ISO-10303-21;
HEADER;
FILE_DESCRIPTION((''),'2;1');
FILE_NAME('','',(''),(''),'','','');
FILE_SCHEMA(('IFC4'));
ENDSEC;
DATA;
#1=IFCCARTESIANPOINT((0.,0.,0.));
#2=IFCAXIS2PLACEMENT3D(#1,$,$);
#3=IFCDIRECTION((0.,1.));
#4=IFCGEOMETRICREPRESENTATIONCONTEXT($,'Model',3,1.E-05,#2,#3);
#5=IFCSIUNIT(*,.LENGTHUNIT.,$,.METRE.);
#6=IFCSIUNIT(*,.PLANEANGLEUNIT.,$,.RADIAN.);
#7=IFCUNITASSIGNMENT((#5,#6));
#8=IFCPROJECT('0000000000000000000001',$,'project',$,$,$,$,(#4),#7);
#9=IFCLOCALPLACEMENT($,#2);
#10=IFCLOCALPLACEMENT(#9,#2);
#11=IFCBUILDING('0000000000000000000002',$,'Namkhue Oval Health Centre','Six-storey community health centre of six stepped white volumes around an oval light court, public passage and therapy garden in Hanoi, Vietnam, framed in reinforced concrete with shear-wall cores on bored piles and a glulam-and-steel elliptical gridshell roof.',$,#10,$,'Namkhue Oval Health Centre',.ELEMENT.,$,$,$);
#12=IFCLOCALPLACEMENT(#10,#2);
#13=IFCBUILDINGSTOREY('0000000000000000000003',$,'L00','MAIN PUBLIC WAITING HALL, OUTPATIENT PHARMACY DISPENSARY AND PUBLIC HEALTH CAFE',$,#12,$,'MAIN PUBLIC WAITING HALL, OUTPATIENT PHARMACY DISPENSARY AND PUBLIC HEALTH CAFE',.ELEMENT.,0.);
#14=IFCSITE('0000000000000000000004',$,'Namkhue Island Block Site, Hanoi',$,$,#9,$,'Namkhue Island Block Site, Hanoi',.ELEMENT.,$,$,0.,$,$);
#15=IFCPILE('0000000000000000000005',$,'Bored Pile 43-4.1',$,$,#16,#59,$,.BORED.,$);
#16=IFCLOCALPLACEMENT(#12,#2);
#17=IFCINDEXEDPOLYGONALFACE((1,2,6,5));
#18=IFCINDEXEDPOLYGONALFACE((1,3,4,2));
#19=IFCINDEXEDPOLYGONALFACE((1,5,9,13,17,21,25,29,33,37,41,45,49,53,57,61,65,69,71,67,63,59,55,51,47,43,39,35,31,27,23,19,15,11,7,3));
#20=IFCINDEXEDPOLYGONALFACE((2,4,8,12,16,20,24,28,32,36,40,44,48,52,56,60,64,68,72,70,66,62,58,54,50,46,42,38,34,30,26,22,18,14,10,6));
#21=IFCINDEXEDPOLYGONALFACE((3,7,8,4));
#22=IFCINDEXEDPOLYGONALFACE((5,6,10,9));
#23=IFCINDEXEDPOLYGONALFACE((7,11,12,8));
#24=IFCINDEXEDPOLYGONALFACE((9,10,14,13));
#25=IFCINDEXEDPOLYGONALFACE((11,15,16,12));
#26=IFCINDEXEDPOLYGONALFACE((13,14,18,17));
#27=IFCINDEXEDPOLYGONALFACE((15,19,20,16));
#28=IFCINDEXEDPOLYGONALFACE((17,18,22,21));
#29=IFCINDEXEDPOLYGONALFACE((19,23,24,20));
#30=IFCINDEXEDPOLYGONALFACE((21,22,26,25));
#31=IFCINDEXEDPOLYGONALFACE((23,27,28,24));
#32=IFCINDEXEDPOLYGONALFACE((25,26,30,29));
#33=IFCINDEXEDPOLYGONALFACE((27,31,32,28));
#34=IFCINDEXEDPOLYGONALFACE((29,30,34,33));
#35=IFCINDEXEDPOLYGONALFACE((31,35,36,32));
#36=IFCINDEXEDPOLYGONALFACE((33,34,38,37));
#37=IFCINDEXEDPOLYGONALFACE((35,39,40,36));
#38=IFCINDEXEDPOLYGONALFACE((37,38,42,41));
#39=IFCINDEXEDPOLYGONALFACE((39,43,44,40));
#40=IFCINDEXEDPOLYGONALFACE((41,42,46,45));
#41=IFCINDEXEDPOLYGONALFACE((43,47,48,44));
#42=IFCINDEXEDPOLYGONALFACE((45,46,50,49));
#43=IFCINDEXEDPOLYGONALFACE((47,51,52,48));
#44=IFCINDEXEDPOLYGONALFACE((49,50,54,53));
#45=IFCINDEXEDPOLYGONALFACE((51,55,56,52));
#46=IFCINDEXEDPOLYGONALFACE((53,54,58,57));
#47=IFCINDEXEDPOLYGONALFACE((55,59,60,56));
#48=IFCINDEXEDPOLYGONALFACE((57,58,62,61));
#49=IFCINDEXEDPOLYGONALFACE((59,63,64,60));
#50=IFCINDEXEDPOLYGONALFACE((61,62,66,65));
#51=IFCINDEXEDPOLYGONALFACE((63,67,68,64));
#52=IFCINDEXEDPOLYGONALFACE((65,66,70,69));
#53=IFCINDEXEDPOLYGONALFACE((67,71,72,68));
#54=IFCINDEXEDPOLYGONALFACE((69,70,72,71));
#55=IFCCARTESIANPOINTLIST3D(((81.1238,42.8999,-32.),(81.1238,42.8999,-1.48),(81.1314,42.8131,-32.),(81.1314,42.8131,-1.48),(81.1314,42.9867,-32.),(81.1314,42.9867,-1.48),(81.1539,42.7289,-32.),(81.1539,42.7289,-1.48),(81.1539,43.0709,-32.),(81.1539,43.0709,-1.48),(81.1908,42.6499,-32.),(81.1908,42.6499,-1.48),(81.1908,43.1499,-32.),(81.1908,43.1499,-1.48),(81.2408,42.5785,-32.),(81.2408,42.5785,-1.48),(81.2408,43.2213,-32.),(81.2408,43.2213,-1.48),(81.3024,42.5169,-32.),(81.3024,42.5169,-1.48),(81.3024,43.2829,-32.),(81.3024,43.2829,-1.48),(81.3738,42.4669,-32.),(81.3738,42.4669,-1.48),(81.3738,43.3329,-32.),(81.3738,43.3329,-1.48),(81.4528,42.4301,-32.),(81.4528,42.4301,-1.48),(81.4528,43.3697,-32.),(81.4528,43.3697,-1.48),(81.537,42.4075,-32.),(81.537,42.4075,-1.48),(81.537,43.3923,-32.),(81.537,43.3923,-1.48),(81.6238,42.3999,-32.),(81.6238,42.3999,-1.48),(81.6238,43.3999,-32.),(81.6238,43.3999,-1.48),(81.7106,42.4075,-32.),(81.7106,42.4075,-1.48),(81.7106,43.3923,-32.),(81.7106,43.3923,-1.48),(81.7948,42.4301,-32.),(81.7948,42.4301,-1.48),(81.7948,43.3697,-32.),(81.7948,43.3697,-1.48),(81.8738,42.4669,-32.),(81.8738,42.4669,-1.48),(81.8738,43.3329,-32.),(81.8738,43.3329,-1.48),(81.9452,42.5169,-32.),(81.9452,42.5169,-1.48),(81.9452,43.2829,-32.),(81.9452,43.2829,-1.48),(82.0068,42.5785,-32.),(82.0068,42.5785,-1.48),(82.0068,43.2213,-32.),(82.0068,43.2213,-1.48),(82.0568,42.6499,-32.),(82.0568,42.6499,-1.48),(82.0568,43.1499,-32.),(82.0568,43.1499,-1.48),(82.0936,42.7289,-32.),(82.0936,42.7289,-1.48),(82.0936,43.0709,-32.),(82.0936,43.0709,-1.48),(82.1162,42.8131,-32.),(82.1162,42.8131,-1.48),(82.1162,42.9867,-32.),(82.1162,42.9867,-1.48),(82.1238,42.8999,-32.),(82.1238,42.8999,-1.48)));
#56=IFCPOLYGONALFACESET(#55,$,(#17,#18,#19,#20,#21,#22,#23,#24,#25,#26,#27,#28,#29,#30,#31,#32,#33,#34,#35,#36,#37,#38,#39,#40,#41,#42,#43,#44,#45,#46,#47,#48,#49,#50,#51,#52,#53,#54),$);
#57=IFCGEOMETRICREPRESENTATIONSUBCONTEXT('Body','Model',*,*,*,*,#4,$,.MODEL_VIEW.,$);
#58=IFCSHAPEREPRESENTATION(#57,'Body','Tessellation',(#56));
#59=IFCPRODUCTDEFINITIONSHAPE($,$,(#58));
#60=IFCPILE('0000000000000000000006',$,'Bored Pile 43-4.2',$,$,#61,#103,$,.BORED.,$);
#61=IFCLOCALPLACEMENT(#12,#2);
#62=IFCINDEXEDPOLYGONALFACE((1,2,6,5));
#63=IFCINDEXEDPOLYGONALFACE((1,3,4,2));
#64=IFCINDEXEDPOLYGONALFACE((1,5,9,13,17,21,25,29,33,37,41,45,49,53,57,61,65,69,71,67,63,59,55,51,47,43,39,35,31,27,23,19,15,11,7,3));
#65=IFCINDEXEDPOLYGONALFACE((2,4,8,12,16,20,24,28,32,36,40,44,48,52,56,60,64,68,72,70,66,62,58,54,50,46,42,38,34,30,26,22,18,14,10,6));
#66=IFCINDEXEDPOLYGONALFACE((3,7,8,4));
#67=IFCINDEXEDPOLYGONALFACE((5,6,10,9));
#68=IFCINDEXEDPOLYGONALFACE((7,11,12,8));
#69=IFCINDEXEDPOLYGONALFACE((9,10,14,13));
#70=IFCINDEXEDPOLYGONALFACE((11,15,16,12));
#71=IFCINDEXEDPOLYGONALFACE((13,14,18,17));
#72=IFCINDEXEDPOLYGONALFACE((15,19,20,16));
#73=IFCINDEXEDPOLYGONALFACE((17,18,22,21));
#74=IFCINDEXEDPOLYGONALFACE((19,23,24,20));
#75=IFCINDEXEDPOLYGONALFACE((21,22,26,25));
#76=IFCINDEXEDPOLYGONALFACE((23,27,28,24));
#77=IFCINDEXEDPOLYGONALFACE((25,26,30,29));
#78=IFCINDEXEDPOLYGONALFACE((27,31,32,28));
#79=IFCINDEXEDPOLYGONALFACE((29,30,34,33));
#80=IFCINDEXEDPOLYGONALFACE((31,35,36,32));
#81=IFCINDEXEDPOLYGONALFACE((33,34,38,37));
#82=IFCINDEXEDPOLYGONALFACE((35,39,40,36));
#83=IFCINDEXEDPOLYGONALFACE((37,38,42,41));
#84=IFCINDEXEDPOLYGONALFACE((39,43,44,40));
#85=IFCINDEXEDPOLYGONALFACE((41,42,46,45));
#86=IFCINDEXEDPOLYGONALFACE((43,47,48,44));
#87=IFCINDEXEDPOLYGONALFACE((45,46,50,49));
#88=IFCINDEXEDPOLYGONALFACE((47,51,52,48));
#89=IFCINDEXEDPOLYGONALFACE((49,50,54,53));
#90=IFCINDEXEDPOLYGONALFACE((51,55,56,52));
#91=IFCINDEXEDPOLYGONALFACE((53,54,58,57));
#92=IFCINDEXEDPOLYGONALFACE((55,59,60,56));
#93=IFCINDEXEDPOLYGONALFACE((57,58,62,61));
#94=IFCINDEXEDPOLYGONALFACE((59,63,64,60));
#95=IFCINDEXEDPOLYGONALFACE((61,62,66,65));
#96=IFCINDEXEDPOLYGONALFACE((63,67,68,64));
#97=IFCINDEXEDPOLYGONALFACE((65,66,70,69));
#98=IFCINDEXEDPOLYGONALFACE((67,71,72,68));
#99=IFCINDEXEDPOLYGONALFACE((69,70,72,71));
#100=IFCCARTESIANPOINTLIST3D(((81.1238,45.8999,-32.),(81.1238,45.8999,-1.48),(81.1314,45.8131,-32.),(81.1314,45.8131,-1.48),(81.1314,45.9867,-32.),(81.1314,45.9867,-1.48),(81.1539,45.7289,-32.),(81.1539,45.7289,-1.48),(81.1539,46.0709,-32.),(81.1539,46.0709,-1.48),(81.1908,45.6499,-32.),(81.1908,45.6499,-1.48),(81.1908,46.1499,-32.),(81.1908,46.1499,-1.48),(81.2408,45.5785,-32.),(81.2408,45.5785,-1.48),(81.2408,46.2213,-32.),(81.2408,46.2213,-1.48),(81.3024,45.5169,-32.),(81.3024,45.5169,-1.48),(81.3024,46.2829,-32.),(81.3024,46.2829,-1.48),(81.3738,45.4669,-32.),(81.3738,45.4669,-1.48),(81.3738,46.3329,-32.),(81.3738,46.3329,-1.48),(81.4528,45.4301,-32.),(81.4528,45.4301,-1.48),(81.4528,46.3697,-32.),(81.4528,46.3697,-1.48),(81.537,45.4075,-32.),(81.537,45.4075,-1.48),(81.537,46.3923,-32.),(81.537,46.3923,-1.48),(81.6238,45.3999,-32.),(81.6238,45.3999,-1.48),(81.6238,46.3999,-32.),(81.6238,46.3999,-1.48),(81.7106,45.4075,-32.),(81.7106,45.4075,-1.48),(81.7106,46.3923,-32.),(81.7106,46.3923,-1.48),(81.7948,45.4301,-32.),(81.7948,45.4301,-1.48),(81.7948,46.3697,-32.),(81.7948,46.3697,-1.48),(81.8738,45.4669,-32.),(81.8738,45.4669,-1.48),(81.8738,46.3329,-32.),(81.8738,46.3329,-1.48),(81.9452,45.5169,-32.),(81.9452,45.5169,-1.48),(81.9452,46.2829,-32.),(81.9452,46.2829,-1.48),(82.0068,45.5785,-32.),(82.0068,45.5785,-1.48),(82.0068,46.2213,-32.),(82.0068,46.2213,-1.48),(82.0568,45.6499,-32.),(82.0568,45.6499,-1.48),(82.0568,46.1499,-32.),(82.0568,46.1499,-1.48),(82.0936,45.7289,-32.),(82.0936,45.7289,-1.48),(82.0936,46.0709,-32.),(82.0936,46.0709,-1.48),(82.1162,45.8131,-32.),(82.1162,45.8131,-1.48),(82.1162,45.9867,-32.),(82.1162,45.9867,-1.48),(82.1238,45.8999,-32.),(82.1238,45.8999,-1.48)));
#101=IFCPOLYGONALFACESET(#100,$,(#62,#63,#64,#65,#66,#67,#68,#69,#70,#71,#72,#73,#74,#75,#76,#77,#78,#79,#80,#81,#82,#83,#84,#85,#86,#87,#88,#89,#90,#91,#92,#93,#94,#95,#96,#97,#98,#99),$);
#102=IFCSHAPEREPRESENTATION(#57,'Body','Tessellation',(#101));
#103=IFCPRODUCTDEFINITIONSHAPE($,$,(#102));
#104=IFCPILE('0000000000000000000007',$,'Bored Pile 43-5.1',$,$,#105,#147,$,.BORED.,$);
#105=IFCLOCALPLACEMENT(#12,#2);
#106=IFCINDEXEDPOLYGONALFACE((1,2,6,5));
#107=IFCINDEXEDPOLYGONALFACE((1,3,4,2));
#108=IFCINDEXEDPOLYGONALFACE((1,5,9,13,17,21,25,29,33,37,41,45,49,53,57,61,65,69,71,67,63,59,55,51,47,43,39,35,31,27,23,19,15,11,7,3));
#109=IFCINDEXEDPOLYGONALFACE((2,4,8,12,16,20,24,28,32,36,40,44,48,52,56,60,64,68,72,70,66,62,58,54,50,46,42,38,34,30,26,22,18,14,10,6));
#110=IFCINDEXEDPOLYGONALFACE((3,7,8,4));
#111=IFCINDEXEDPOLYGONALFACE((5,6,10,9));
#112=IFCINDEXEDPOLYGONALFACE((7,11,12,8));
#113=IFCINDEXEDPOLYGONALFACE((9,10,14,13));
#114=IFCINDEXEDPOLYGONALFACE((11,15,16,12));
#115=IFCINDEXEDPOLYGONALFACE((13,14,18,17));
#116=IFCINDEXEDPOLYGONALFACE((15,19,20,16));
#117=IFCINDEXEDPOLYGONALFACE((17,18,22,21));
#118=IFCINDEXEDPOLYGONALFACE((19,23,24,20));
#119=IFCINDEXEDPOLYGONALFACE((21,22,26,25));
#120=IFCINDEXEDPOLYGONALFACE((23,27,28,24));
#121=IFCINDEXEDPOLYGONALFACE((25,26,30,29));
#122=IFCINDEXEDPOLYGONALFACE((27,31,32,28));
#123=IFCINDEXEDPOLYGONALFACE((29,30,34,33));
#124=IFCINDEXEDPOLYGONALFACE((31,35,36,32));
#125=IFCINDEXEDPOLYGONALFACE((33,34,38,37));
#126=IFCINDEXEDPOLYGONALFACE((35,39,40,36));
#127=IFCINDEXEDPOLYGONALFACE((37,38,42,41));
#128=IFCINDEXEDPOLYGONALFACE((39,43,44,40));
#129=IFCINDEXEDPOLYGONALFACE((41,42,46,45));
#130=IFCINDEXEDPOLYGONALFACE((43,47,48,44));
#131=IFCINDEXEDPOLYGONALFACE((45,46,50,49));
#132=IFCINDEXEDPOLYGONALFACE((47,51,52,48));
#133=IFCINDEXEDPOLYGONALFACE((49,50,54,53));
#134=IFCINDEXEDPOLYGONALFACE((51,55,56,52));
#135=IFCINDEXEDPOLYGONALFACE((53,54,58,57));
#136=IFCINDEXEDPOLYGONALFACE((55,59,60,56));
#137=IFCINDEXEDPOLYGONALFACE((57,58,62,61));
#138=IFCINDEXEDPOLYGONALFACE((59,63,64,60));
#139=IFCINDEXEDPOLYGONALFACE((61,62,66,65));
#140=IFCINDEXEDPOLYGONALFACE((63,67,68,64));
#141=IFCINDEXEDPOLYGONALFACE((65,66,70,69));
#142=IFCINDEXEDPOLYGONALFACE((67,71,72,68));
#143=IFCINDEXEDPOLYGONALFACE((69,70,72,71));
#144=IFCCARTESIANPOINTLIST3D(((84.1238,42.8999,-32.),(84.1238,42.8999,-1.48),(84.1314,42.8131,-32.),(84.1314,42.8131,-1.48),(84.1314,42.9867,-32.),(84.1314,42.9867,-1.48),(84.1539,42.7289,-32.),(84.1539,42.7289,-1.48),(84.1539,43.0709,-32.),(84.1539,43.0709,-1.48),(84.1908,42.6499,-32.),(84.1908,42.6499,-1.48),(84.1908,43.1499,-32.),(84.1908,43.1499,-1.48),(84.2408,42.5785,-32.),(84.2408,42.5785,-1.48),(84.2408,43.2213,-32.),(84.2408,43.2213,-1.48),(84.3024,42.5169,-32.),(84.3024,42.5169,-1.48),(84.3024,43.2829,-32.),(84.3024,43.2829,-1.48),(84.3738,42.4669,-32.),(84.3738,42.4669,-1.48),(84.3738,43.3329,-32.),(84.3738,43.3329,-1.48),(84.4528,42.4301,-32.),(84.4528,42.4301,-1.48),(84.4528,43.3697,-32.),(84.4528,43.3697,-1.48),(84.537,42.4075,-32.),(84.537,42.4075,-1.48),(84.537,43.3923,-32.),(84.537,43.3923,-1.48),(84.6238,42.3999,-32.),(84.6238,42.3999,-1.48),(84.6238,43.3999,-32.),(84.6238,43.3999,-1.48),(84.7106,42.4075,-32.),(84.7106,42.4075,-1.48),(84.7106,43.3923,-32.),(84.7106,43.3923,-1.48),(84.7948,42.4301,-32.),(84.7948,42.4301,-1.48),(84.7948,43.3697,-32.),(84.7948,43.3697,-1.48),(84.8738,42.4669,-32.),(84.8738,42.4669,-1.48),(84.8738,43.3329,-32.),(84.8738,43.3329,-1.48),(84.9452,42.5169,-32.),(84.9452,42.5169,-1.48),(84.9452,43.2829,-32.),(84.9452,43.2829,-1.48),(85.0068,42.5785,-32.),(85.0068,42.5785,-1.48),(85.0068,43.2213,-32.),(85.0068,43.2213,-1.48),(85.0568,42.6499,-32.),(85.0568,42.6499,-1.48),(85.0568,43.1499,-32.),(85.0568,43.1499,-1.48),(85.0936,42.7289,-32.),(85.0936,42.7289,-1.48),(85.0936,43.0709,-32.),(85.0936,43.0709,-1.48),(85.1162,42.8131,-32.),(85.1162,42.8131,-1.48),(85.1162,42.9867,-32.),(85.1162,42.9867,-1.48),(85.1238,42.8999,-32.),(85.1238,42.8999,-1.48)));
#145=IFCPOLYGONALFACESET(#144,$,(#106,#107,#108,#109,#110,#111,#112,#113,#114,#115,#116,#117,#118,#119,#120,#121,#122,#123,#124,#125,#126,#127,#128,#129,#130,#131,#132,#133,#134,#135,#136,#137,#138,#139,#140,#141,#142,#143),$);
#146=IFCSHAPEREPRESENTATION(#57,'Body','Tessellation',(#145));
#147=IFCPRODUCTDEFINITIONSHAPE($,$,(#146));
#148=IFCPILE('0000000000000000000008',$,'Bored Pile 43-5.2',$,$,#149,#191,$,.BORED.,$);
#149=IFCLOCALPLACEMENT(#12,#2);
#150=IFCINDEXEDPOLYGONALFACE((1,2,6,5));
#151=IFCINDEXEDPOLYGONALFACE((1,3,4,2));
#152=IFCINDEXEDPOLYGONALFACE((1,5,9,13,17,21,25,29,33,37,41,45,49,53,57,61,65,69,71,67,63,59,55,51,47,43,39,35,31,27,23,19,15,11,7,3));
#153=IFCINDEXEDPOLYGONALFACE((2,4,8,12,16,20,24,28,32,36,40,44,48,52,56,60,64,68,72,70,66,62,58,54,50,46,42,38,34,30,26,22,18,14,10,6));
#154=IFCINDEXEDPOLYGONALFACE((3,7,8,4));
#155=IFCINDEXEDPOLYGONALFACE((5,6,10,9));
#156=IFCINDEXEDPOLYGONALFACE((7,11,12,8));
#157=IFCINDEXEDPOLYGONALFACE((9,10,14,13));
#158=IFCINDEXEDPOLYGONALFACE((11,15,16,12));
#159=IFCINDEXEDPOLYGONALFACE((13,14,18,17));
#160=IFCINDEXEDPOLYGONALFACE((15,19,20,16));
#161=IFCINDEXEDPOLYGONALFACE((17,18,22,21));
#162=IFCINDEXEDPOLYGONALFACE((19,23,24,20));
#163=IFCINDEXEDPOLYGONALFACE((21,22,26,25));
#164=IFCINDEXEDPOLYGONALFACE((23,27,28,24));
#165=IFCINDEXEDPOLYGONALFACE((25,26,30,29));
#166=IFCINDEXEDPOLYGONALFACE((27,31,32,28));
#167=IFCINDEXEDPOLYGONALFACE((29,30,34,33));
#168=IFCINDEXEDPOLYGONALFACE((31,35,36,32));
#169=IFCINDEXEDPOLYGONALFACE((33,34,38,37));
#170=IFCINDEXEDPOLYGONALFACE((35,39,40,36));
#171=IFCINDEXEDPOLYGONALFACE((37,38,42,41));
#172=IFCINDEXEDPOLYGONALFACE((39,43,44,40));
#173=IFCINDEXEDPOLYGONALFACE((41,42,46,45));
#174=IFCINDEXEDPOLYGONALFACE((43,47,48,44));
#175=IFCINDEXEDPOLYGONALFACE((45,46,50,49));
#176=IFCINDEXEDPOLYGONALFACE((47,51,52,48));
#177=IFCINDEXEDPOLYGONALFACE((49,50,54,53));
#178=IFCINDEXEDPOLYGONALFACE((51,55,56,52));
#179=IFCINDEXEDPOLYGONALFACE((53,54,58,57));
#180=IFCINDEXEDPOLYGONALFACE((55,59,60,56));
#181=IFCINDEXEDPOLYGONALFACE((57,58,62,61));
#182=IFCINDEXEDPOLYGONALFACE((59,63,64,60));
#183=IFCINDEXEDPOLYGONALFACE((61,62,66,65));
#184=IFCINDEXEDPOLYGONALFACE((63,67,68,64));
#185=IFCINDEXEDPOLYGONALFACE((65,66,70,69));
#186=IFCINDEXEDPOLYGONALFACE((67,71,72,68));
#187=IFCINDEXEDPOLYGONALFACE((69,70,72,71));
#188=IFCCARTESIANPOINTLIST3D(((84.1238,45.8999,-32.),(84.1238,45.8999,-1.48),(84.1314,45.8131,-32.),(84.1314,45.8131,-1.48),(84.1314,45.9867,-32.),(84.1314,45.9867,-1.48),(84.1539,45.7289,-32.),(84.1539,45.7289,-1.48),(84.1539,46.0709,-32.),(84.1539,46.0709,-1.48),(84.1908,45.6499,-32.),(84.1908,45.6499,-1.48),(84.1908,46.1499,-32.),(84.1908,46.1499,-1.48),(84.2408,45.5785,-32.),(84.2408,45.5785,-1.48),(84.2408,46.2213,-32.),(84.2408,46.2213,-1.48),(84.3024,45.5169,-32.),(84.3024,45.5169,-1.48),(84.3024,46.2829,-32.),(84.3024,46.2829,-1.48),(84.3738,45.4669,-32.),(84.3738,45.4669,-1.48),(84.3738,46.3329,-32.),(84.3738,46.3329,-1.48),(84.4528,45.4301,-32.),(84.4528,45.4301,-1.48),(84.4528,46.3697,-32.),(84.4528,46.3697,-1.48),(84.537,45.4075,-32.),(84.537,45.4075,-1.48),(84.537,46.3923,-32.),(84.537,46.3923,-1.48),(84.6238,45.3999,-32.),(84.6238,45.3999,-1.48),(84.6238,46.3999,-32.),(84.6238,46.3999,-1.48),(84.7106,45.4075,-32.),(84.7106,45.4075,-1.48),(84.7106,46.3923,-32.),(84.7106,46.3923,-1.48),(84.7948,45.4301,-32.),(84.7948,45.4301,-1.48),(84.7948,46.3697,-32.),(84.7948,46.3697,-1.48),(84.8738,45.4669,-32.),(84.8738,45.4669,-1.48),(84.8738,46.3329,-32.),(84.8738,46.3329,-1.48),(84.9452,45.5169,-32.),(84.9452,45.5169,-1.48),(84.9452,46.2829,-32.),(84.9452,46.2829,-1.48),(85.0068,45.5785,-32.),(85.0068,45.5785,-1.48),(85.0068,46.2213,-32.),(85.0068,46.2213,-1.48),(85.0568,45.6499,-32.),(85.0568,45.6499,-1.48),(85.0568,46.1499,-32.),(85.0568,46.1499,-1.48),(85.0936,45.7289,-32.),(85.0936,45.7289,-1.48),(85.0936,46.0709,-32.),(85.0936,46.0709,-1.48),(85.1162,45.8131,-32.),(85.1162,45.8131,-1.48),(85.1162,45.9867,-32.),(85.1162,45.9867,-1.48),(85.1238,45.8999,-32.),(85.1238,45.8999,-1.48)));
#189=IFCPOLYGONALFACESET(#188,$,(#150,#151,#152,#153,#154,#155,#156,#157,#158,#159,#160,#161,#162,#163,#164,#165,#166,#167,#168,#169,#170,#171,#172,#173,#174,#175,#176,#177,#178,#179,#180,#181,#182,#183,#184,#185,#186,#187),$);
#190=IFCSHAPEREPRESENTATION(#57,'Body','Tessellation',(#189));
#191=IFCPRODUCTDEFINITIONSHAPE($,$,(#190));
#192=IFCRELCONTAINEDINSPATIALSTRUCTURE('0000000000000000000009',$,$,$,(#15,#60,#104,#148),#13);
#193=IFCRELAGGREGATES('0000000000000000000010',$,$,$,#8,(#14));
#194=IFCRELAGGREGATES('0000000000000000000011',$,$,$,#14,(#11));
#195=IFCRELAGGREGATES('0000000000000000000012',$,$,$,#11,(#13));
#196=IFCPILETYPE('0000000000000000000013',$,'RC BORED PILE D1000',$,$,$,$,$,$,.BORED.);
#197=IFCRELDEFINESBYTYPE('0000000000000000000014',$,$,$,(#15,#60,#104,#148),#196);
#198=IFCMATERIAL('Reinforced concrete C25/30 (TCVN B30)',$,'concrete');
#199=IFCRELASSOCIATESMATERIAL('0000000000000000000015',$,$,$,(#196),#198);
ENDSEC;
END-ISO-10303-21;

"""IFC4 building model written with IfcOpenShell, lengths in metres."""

from ifc_helpers import new_model, si_unit, direction, frame, origin, origin_2d, place, context, subcontext, project, spatial, circle, extrude, material, material_profile, profile_set, type_object, element, save


model = new_model("IFC4")

# Units and contexts
model_context = context("Model", 3, precision=1e-05, world=origin(), true_north=direction((0.0, 1.0)))
body_context = subcontext(model_context, "Body", "Model", "MODEL_VIEW")
ifc_project = project(units=[si_unit("LENGTHUNIT", "METRE"), si_unit("PLANEANGLEUNIT", "RADIAN")], contexts=[model_context])

# Site, building, storey
site_placement = place(None, origin())
site = spatial("IfcSite", under=ifc_project, at=site_placement, Name="Namkhue Island Block Site, Hanoi", LongName="Namkhue Island Block Site, Hanoi", CompositionType="ELEMENT", RefElevation=0.0)
building_placement = place(site_placement, origin())
building = spatial("IfcBuilding", under=site, at=building_placement, Name="Namkhue Oval Health Centre", Description="Six-storey community health centre of six stepped white volumes around an oval light court, public passage and therapy garden in Hanoi, Vietnam, framed in reinforced concrete with shear-wall cores on bored piles and a glulam-and-steel elliptical gridshell roof.", LongName="Namkhue Oval Health Centre", CompositionType="ELEMENT")
storey_placement = place(building_placement, origin())
storey = spatial("IfcBuildingStorey", under=building, at=storey_placement, Name="L00", Description="MAIN PUBLIC WAITING HALL, OUTPATIENT PHARMACY DISPENSARY AND PUBLIC HEALTH CAFE", LongName="MAIN PUBLIC WAITING HALL, OUTPATIENT PHARMACY DISPENSARY AND PUBLIC HEALTH CAFE", CompositionType="ELEMENT", Elevation=0.0)

# Piles
ifc_material_1 = material(Name="Reinforced concrete C25/30 (TCVN B30)", Category="concrete")
ifc_material_profile_1 = material_profile(ifc_material_1, circle(Radius=0.5, at=origin_2d()), Name="BORED PILE D1000")
ifc_profile_set_1 = profile_set([ifc_material_profile_1], Name="Reinforced concrete C25/30 (TCVN B30)")
pile_type = type_object("IfcPileType", Name="RC BORED PILE D1000", PredefinedType="BORED", material=ifc_profile_set_1)
for number, where, z_axis, x_axis, name in (
    (1, (81.6238, 42.8999, -1.48), (0.0, 0.0, -1.0), (1.0, 0.0, 0.0), "Bored Pile 43-4.1"),
    (2, (81.6238, 45.8999, -1.48), (0.0, 0.0, -1.0), (1.0, 0.0, 0.0), "Bored Pile 43-4.2"),
    (3, (84.6238, 42.8999, -1.48), (0.0, 0.0, -1.0), (1.0, 0.0, 0.0), "Bored Pile 43-5.1"),
    (4, (84.6238, 45.8999, -1.48), (0.0, 0.0, -1.0), (1.0, 0.0, 0.0), "Bored Pile 43-5.2"),
):
    element("IfcPile", number, at=place(storey_placement, frame(where, z_axis=z_axis, x_axis=x_axis)), inside=storey, type_object=pile_type, Name=name, PredefinedType="BORED", context=body_context, shape_type="SweptSolid", body=[
        extrude(circle(Radius=0.5, at=origin_2d()), origin(), (0.0, 0.0, 1.0), 30.52),
    ])

save(model, "model.ifc")
